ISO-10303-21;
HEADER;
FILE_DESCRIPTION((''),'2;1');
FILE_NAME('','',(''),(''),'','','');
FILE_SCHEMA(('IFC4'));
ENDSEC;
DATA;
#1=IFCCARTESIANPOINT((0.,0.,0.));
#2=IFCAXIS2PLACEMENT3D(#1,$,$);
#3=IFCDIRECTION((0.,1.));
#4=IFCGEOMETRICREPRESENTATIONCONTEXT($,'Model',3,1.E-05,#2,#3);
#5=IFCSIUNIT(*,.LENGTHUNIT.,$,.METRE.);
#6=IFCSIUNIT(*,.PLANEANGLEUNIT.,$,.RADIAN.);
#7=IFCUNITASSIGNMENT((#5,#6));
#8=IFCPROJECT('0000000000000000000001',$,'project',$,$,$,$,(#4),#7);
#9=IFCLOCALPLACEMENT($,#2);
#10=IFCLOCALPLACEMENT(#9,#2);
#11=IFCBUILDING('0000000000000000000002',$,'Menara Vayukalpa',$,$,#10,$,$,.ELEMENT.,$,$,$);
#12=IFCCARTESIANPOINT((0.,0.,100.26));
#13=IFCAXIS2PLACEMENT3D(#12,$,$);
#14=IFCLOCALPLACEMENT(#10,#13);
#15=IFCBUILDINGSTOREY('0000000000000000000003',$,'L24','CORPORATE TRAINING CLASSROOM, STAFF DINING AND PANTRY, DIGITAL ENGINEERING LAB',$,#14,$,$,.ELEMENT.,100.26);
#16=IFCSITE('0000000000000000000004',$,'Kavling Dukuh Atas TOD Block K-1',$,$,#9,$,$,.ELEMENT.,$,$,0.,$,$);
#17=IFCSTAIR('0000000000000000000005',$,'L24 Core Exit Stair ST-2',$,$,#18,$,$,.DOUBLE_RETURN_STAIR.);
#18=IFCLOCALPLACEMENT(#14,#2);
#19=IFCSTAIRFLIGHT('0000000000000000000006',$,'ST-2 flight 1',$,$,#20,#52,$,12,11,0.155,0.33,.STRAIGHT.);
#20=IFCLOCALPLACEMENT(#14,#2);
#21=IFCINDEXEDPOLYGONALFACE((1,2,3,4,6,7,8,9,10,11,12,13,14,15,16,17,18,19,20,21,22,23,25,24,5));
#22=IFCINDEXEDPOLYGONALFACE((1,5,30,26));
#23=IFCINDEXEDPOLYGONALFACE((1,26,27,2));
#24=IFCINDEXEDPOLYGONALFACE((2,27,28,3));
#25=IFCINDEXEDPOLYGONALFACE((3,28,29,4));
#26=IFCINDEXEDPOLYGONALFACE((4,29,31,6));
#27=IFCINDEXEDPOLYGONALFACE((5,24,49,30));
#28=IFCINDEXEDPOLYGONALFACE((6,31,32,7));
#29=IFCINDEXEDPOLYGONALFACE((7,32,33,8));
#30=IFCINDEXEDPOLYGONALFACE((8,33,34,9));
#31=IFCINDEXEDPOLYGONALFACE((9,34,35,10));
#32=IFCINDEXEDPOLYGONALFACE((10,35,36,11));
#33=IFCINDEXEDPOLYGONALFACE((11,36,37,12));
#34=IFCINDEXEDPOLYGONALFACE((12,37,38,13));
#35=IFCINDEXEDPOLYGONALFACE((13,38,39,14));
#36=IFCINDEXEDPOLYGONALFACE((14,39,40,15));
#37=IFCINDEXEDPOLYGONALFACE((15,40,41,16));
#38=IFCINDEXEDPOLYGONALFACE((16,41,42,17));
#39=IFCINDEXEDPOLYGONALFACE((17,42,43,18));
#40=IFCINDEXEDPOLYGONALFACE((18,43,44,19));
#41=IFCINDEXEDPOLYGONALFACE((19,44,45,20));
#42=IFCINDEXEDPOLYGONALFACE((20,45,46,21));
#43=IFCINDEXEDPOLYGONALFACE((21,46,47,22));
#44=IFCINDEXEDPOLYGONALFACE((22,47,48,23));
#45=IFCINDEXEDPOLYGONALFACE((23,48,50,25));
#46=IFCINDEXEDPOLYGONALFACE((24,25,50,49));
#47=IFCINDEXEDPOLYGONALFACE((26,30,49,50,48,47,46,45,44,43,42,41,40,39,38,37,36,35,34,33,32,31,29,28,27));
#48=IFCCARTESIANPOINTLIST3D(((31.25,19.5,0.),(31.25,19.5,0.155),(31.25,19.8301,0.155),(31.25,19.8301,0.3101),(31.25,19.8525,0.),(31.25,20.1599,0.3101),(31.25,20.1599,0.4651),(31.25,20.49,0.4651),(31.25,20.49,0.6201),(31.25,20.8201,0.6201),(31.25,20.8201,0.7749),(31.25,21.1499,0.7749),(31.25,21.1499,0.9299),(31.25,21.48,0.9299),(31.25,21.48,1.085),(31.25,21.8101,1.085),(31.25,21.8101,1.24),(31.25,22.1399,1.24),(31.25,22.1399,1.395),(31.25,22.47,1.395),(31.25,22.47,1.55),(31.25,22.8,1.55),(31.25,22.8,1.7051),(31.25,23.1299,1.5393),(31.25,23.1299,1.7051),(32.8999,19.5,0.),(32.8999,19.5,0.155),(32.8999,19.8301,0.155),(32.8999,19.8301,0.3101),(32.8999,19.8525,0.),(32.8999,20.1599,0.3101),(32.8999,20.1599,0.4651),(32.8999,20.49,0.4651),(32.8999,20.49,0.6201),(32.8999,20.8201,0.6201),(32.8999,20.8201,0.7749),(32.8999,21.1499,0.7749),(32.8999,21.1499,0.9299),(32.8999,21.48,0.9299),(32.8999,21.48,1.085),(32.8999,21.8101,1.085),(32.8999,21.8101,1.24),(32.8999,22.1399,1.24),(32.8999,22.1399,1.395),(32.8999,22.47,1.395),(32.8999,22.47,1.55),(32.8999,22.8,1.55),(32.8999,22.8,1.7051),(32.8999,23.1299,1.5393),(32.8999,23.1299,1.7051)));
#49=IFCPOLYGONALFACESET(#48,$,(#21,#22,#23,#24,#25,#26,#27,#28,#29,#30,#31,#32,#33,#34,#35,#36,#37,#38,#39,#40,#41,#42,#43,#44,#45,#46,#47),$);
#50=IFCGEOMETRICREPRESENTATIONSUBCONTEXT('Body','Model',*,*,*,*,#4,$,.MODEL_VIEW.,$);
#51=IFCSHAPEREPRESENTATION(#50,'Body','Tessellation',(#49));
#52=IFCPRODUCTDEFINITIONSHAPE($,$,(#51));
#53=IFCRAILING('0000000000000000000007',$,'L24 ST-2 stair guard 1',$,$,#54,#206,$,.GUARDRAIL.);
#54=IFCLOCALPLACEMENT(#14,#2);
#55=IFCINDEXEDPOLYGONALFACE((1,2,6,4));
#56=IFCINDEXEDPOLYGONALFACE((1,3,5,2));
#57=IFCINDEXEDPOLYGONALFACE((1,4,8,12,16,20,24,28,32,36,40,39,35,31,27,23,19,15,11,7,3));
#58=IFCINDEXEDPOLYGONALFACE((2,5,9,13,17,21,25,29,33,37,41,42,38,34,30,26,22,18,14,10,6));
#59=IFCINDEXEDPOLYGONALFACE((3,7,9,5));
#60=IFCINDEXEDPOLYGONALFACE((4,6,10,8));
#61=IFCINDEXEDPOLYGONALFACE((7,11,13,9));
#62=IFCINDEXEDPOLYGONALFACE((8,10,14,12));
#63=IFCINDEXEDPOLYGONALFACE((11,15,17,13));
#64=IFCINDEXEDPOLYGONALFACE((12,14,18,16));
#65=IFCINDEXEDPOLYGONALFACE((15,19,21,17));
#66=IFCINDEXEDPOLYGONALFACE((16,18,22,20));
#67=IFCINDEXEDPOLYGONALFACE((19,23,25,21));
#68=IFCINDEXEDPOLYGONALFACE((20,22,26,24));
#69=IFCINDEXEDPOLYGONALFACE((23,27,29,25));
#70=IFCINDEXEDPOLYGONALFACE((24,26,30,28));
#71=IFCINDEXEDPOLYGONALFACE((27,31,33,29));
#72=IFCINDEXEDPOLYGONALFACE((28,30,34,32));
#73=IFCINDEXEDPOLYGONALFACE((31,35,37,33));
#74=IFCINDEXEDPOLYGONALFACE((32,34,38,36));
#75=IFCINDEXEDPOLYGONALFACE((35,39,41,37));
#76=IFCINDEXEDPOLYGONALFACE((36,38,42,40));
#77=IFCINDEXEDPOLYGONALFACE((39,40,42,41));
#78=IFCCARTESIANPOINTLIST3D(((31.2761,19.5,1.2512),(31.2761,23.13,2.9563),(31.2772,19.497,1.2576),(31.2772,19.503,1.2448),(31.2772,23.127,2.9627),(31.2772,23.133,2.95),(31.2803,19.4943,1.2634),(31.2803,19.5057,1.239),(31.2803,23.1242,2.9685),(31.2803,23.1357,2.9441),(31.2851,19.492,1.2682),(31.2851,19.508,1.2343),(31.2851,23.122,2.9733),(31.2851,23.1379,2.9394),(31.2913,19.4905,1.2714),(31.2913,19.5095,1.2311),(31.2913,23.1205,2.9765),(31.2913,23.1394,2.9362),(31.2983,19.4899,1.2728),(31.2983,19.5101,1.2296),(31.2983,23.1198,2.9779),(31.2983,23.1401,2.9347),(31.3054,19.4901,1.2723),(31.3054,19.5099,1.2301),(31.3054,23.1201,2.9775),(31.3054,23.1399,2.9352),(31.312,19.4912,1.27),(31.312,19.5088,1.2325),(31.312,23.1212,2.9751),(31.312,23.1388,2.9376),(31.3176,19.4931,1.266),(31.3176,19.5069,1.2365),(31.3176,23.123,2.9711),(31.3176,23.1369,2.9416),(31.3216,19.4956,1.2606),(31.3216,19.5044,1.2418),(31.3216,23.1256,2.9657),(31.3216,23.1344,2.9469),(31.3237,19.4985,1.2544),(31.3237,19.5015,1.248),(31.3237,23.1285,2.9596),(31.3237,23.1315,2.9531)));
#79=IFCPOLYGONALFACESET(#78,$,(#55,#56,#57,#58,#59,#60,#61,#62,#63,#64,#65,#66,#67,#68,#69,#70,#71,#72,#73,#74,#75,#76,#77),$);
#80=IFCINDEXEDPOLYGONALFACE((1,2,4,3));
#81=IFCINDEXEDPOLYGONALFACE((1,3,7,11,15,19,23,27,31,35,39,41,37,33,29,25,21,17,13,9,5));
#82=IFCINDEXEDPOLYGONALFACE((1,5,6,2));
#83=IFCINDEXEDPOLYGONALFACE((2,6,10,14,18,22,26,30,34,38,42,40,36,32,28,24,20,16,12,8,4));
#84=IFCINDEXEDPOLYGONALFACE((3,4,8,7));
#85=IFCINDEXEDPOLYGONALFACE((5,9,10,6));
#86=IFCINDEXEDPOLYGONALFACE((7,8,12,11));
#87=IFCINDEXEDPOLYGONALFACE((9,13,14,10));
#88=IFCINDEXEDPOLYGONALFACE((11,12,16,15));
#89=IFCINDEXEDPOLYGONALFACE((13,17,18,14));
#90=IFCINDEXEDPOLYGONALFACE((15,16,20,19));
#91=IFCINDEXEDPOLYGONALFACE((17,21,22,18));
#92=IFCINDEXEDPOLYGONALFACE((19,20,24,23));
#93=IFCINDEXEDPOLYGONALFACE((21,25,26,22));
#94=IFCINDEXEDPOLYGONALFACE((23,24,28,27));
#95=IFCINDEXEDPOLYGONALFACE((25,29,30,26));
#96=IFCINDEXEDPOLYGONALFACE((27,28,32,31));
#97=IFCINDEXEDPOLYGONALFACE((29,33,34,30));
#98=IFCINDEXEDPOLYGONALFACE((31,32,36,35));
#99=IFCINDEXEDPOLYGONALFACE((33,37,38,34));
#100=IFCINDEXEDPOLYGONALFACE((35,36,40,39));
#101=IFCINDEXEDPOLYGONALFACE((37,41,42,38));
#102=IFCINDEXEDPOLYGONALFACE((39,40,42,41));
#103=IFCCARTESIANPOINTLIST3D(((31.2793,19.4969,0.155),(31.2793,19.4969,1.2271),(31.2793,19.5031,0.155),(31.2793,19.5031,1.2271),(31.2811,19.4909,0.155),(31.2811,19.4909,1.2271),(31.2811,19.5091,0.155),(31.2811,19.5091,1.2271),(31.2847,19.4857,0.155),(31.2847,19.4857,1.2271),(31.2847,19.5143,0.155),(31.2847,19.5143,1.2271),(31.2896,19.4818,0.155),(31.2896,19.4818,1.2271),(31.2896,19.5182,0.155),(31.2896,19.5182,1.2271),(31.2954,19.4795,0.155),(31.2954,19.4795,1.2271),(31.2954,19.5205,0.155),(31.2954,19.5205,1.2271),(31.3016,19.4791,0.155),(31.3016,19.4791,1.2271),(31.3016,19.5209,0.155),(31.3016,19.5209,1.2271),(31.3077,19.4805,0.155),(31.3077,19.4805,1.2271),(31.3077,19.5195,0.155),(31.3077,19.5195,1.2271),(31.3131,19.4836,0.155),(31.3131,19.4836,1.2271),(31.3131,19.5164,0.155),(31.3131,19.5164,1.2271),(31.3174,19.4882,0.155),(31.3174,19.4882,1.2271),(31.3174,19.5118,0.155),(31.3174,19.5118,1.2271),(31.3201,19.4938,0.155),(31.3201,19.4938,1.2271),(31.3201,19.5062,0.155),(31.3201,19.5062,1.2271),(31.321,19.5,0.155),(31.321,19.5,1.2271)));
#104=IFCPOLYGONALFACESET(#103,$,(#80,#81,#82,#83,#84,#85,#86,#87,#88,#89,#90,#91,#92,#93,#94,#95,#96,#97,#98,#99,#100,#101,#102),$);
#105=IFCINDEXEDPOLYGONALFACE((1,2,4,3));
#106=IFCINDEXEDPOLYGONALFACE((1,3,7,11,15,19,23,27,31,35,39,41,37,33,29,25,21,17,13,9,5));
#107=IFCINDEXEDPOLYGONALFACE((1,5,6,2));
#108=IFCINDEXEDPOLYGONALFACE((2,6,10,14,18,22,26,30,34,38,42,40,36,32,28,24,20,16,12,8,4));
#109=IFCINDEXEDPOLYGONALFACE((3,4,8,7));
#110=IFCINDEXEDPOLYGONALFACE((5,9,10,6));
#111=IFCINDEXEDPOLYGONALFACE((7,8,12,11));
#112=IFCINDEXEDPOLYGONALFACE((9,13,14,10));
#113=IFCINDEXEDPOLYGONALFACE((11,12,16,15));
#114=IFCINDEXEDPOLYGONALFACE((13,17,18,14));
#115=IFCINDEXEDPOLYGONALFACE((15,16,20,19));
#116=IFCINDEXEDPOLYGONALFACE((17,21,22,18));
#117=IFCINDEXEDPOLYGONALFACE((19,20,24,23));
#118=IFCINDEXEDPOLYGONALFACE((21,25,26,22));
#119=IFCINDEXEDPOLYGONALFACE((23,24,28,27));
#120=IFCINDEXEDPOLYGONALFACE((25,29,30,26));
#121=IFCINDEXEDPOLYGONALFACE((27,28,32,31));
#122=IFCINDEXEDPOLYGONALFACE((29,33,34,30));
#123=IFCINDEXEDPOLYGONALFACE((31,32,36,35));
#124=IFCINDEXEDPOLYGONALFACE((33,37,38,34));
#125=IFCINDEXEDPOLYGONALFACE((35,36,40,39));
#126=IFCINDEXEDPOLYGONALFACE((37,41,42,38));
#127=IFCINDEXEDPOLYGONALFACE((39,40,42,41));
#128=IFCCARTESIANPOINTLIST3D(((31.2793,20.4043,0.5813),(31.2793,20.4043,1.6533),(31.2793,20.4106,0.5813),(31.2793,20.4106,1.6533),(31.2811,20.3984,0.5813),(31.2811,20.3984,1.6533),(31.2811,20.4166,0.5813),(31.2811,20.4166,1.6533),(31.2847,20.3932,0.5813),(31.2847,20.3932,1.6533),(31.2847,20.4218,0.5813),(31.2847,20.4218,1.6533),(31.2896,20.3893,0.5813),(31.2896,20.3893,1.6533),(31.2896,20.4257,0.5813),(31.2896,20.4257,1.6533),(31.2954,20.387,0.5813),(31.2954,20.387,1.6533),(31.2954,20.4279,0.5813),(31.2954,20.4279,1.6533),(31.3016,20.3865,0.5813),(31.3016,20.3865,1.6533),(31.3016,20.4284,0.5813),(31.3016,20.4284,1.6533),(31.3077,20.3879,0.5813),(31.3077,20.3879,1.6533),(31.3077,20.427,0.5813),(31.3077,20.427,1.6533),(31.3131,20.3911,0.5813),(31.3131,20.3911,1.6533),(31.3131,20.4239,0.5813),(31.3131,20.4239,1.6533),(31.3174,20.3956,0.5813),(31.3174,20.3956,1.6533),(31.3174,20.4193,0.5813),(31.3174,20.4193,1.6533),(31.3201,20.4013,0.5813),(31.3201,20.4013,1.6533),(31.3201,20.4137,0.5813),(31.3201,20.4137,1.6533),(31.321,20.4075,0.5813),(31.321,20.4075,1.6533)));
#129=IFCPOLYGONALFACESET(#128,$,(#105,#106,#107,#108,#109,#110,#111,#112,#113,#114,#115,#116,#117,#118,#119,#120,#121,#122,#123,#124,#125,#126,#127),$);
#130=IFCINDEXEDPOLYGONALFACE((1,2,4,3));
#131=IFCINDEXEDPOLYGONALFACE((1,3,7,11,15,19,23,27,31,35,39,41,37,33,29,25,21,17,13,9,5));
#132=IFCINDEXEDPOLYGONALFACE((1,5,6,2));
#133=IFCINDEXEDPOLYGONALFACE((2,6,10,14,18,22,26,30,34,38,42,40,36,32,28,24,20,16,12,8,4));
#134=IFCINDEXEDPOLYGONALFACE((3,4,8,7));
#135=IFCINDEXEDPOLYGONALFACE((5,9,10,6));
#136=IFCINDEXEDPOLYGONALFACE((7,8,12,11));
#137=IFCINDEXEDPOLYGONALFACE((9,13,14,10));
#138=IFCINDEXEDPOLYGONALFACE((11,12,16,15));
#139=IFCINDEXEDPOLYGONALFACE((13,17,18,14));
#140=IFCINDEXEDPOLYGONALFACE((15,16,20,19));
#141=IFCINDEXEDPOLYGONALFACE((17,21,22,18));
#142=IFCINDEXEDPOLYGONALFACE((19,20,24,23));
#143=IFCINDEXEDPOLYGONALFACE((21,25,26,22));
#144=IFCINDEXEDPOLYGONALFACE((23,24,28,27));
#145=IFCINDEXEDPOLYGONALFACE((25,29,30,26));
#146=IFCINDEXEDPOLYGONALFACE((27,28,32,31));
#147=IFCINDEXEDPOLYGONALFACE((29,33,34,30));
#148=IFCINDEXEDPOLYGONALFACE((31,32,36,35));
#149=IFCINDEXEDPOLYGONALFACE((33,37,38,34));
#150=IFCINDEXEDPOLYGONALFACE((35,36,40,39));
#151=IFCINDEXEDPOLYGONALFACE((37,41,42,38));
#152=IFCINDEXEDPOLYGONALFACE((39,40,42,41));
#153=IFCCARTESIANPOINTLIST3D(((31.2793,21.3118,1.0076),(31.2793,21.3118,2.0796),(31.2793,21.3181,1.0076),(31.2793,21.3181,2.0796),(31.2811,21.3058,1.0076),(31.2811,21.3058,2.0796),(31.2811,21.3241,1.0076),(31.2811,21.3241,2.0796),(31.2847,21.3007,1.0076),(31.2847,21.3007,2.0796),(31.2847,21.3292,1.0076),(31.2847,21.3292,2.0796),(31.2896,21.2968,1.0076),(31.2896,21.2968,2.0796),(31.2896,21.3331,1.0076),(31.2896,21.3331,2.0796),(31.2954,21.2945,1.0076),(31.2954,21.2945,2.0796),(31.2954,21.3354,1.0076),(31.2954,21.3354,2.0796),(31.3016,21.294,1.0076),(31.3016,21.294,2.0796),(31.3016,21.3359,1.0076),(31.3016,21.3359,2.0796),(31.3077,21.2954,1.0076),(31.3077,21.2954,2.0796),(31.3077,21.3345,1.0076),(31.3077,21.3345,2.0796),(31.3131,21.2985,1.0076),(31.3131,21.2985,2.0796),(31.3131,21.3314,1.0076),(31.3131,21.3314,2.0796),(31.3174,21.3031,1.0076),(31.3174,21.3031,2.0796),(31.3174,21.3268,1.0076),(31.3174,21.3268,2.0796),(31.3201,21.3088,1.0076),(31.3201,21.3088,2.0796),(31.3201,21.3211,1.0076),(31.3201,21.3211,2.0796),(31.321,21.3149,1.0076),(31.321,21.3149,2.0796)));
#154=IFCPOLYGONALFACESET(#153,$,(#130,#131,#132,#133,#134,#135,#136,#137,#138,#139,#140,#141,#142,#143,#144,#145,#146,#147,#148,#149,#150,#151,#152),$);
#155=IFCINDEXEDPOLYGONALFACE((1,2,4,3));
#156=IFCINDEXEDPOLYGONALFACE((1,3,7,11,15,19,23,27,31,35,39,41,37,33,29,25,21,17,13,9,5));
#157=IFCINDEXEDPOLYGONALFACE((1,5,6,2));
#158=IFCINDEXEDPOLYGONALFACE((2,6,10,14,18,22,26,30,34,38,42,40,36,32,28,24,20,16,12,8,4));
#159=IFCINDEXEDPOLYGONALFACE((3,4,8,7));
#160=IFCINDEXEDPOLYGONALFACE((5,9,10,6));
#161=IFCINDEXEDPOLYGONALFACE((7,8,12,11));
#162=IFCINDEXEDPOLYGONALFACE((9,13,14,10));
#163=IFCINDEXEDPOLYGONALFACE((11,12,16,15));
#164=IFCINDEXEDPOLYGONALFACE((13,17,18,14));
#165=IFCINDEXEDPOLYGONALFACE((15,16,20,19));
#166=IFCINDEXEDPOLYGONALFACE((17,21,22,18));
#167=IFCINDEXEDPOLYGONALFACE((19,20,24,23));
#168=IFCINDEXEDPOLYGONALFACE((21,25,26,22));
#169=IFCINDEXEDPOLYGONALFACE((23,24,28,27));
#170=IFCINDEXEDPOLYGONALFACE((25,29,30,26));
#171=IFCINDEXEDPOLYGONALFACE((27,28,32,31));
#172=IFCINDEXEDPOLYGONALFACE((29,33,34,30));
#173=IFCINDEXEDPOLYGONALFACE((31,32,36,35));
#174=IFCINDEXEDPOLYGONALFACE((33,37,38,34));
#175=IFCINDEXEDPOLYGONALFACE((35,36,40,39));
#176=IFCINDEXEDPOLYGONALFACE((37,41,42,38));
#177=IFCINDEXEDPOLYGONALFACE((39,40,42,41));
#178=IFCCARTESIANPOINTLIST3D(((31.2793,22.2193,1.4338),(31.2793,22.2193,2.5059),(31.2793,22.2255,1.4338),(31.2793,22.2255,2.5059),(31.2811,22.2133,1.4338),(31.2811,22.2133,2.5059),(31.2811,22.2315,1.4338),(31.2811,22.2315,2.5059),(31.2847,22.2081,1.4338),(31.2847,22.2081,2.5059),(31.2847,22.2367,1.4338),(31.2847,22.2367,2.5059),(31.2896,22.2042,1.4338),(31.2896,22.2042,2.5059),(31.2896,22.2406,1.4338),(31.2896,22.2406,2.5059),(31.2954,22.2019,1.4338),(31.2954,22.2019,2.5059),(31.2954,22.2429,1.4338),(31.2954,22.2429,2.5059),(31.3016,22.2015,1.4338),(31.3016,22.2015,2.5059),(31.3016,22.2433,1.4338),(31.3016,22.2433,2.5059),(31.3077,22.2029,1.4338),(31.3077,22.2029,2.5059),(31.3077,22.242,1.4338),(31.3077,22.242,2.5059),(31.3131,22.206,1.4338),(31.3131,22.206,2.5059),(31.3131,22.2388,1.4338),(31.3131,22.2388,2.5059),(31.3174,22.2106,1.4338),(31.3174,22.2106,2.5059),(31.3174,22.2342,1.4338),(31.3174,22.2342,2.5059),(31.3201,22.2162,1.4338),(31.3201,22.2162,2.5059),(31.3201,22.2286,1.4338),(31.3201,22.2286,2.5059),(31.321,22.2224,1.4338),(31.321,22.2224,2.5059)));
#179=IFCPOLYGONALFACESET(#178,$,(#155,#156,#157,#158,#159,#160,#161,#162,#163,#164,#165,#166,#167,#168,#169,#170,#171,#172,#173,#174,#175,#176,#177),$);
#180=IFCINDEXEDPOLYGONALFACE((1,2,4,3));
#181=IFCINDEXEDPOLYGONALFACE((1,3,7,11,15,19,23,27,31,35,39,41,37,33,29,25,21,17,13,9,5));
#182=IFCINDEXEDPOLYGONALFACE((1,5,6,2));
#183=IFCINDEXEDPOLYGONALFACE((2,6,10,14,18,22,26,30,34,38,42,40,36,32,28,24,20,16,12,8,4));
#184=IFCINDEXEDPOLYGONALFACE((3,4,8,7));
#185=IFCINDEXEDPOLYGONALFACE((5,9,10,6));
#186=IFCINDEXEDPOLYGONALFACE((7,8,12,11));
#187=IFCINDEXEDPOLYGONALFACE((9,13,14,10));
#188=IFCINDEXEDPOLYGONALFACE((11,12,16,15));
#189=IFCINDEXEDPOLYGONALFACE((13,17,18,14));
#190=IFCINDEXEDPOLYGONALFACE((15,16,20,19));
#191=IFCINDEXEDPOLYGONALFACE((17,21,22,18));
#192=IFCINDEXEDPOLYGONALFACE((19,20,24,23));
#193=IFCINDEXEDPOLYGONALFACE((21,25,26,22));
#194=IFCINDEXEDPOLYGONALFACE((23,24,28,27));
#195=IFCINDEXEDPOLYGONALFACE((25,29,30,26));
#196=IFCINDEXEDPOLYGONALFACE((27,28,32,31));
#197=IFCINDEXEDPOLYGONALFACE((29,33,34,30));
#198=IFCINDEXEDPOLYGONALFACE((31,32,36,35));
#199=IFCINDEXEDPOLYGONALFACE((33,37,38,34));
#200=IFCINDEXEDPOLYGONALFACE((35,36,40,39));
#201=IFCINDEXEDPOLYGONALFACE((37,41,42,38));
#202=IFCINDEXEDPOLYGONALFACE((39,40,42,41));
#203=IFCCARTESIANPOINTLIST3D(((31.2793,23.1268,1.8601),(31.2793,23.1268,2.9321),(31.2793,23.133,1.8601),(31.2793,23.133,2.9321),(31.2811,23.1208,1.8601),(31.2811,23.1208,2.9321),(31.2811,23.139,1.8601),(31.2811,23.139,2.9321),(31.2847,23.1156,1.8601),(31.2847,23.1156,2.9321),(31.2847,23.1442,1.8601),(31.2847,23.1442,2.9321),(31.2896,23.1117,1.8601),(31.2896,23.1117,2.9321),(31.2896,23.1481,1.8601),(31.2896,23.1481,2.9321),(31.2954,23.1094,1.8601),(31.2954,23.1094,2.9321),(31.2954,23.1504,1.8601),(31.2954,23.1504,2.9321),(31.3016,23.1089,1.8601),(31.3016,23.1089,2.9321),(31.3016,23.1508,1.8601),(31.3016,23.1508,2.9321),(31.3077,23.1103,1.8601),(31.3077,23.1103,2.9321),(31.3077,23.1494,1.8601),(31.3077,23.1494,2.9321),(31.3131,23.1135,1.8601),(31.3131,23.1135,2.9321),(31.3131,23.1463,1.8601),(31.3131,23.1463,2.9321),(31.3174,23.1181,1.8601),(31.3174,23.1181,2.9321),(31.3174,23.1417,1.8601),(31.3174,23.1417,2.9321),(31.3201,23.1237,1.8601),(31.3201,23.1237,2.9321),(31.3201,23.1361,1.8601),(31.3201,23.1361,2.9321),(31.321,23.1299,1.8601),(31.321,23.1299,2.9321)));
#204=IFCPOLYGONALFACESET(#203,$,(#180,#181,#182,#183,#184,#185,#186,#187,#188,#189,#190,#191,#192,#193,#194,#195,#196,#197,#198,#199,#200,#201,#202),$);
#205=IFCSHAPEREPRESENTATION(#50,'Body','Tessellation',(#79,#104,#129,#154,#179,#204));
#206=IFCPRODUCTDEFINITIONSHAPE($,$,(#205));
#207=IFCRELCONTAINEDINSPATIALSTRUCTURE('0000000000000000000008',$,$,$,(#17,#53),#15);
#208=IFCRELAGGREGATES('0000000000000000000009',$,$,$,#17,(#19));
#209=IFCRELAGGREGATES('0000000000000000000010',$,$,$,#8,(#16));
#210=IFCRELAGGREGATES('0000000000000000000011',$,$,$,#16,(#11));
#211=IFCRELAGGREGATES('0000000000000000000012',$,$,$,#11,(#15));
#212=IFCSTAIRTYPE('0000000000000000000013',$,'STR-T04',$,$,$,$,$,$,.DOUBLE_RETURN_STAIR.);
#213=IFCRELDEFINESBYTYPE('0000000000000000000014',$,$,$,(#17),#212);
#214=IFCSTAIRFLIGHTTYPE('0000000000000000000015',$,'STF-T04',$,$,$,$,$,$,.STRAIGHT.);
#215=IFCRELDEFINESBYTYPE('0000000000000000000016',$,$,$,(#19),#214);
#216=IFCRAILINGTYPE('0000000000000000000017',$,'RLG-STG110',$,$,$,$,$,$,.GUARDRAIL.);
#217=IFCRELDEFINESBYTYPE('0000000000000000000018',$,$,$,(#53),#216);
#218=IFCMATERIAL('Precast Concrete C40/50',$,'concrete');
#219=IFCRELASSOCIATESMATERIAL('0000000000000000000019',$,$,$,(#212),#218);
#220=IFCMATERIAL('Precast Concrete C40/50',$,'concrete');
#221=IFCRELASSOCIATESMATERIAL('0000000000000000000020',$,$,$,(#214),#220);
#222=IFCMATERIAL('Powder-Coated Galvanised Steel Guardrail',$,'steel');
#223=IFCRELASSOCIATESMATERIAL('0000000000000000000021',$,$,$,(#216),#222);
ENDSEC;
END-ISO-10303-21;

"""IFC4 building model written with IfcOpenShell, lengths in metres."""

from ifc_helpers import new_model, si_unit, direction, frame, origin, origin_2d, place, context, subcontext, project, spatial, polyline, circle, outline, extrude, material, type_object, element, aggregate, save


model = new_model("IFC4")

# Units and contexts
model_context = context("Model", 3, precision=1e-05, world=origin(), true_north=direction((0.0, 1.0)))
body_context = subcontext(model_context, "Body", "Model", "MODEL_VIEW")
ifc_project = project(units=[si_unit("LENGTHUNIT", "METRE"), si_unit("PLANEANGLEUNIT", "RADIAN")], contexts=[model_context])

# Site, building, storey
site_placement = place(None, origin())
site = spatial("IfcSite", under=ifc_project, at=site_placement, Name="Kavling Dukuh Atas TOD Block K-1", CompositionType="ELEMENT", RefElevation=0.0)
building_placement = place(site_placement, origin())
building = spatial("IfcBuilding", under=site, at=building_placement, Name="Menara Vayukalpa", CompositionType="ELEMENT")
storey_placement = place(building_placement, frame((0.0, 0.0, 100.26)))
storey = spatial("IfcBuildingStorey", under=building, at=storey_placement, Name="L24", Description="CORPORATE TRAINING CLASSROOM, STAFF DINING AND PANTRY, DIGITAL ENGINEERING LAB", CompositionType="ELEMENT", Elevation=100.26)

# Stair, stair flight
ifc_material_1 = material(Name="Precast Concrete C40/50", Category="concrete")
stair_type = type_object("IfcStairType", Name="STR-T04", PredefinedType="DOUBLE_RETURN_STAIR", material=ifc_material_1)
stair_placement = place(storey_placement, origin())
stair = element("IfcStair", 1, at=stair_placement, inside=storey, type_object=stair_type, Name="L24 Core Exit Stair ST-2", PredefinedType="DOUBLE_RETURN_STAIR")
ifc_material_2 = material(Name="Precast Concrete C40/50", Category="concrete")
stair_flight_type = type_object("IfcStairFlightType", Name="STF-T04", PredefinedType="STRAIGHT", material=ifc_material_2)
stair_flight_placement = place(storey_placement, frame((32.075, 19.5, 0.0), z_axis=(0.0, 0.0, 1.0), x_axis=(0.0, 1.0, 0.0)))
stair_flight = element("IfcStairFlight", 2, at=stair_flight_placement, type_object=stair_flight_type, Name="ST-2 flight 1", NumberOfRisers=12, NumberOfTreads=11, PredefinedType="STRAIGHT", RiserHeight=0.155, TreadLength=0.33, context=body_context, shape_type="SweptSolid", body=[
    extrude(outline(polyline([(0.0, 0.0), (0.0, 0.155), (0.3301, 0.155), (0.3301, 0.3101), (0.6599, 0.3101), (0.6599, 0.4651), (0.99, 0.4651), (0.99, 0.6201), (1.3201, 0.6201), (1.3201, 0.7749), (1.6499, 0.7749), (1.6499, 0.9299), (1.98, 0.9299), (1.98, 1.085), (2.3101, 1.085), (2.3101, 1.24), (2.6399, 1.24), (2.6399, 1.395), (2.97, 1.395), (2.97, 1.55), (3.3, 1.55), (3.3, 1.7051), (3.6299, 1.7051), (3.6299, 1.8601), (3.6299, 1.5393), (0.3525, 0.0), (0.0, 0.0)])), frame((0.0, 0.825, 0.0), z_axis=(0.0, -1.0, 0.0), x_axis=(1.0, 0.0, 0.0)), (0.0, 0.0, 1.0), 1.6499),
])
aggregate(stair, [stair_flight])

# Railing
ifc_material_3 = material(Name="Powder-Coated Galvanised Steel Guardrail", Category="steel")
railing_type_1 = type_object("IfcRailingType", Name="RLG-STG110", PredefinedType="GUARDRAIL", material=ifc_material_3)
railing_1_placement = place(storey_placement, frame((31.3, 19.5, 0.155)))
element("IfcRailing", 3, at=railing_1_placement, inside=storey, type_object=railing_type_1, Name="L24 ST-2 stair guard 1", PredefinedType="GUARDRAIL", context=body_context, shape_type="SweptSolid", body=[
    extrude(circle(Radius=0.0239, at=origin_2d()), frame((0.0, 0.0, 1.0962), z_axis=(0.0, 0.905116, 0.425164), x_axis=(-1.0, 0.0, 0.0)), (0.0, 0.0, 1.0), 4.0105),
    extrude(circle(Radius=0.021, at=origin_2d()), origin(), (0.0, 0.0, 1.0), 1.072),
    extrude(circle(Radius=0.021, at=origin_2d()), frame((0.0, 0.9075, 0.4263)), (0.0, 0.0, 1.0), 1.072),
    extrude(circle(Radius=0.021, at=origin_2d()), frame((0.0, 1.8149, 0.8525)), (0.0, 0.0, 1.0), 1.072),
    extrude(circle(Radius=0.021, at=origin_2d()), frame((0.0, 2.7224, 1.2788)), (0.0, 0.0, 1.0), 1.072),
    extrude(circle(Radius=0.021, at=origin_2d()), frame((0.0, 3.6299, 1.7051)), (0.0, 0.0, 1.0), 1.072),
])

save(model, "model.ifc")
